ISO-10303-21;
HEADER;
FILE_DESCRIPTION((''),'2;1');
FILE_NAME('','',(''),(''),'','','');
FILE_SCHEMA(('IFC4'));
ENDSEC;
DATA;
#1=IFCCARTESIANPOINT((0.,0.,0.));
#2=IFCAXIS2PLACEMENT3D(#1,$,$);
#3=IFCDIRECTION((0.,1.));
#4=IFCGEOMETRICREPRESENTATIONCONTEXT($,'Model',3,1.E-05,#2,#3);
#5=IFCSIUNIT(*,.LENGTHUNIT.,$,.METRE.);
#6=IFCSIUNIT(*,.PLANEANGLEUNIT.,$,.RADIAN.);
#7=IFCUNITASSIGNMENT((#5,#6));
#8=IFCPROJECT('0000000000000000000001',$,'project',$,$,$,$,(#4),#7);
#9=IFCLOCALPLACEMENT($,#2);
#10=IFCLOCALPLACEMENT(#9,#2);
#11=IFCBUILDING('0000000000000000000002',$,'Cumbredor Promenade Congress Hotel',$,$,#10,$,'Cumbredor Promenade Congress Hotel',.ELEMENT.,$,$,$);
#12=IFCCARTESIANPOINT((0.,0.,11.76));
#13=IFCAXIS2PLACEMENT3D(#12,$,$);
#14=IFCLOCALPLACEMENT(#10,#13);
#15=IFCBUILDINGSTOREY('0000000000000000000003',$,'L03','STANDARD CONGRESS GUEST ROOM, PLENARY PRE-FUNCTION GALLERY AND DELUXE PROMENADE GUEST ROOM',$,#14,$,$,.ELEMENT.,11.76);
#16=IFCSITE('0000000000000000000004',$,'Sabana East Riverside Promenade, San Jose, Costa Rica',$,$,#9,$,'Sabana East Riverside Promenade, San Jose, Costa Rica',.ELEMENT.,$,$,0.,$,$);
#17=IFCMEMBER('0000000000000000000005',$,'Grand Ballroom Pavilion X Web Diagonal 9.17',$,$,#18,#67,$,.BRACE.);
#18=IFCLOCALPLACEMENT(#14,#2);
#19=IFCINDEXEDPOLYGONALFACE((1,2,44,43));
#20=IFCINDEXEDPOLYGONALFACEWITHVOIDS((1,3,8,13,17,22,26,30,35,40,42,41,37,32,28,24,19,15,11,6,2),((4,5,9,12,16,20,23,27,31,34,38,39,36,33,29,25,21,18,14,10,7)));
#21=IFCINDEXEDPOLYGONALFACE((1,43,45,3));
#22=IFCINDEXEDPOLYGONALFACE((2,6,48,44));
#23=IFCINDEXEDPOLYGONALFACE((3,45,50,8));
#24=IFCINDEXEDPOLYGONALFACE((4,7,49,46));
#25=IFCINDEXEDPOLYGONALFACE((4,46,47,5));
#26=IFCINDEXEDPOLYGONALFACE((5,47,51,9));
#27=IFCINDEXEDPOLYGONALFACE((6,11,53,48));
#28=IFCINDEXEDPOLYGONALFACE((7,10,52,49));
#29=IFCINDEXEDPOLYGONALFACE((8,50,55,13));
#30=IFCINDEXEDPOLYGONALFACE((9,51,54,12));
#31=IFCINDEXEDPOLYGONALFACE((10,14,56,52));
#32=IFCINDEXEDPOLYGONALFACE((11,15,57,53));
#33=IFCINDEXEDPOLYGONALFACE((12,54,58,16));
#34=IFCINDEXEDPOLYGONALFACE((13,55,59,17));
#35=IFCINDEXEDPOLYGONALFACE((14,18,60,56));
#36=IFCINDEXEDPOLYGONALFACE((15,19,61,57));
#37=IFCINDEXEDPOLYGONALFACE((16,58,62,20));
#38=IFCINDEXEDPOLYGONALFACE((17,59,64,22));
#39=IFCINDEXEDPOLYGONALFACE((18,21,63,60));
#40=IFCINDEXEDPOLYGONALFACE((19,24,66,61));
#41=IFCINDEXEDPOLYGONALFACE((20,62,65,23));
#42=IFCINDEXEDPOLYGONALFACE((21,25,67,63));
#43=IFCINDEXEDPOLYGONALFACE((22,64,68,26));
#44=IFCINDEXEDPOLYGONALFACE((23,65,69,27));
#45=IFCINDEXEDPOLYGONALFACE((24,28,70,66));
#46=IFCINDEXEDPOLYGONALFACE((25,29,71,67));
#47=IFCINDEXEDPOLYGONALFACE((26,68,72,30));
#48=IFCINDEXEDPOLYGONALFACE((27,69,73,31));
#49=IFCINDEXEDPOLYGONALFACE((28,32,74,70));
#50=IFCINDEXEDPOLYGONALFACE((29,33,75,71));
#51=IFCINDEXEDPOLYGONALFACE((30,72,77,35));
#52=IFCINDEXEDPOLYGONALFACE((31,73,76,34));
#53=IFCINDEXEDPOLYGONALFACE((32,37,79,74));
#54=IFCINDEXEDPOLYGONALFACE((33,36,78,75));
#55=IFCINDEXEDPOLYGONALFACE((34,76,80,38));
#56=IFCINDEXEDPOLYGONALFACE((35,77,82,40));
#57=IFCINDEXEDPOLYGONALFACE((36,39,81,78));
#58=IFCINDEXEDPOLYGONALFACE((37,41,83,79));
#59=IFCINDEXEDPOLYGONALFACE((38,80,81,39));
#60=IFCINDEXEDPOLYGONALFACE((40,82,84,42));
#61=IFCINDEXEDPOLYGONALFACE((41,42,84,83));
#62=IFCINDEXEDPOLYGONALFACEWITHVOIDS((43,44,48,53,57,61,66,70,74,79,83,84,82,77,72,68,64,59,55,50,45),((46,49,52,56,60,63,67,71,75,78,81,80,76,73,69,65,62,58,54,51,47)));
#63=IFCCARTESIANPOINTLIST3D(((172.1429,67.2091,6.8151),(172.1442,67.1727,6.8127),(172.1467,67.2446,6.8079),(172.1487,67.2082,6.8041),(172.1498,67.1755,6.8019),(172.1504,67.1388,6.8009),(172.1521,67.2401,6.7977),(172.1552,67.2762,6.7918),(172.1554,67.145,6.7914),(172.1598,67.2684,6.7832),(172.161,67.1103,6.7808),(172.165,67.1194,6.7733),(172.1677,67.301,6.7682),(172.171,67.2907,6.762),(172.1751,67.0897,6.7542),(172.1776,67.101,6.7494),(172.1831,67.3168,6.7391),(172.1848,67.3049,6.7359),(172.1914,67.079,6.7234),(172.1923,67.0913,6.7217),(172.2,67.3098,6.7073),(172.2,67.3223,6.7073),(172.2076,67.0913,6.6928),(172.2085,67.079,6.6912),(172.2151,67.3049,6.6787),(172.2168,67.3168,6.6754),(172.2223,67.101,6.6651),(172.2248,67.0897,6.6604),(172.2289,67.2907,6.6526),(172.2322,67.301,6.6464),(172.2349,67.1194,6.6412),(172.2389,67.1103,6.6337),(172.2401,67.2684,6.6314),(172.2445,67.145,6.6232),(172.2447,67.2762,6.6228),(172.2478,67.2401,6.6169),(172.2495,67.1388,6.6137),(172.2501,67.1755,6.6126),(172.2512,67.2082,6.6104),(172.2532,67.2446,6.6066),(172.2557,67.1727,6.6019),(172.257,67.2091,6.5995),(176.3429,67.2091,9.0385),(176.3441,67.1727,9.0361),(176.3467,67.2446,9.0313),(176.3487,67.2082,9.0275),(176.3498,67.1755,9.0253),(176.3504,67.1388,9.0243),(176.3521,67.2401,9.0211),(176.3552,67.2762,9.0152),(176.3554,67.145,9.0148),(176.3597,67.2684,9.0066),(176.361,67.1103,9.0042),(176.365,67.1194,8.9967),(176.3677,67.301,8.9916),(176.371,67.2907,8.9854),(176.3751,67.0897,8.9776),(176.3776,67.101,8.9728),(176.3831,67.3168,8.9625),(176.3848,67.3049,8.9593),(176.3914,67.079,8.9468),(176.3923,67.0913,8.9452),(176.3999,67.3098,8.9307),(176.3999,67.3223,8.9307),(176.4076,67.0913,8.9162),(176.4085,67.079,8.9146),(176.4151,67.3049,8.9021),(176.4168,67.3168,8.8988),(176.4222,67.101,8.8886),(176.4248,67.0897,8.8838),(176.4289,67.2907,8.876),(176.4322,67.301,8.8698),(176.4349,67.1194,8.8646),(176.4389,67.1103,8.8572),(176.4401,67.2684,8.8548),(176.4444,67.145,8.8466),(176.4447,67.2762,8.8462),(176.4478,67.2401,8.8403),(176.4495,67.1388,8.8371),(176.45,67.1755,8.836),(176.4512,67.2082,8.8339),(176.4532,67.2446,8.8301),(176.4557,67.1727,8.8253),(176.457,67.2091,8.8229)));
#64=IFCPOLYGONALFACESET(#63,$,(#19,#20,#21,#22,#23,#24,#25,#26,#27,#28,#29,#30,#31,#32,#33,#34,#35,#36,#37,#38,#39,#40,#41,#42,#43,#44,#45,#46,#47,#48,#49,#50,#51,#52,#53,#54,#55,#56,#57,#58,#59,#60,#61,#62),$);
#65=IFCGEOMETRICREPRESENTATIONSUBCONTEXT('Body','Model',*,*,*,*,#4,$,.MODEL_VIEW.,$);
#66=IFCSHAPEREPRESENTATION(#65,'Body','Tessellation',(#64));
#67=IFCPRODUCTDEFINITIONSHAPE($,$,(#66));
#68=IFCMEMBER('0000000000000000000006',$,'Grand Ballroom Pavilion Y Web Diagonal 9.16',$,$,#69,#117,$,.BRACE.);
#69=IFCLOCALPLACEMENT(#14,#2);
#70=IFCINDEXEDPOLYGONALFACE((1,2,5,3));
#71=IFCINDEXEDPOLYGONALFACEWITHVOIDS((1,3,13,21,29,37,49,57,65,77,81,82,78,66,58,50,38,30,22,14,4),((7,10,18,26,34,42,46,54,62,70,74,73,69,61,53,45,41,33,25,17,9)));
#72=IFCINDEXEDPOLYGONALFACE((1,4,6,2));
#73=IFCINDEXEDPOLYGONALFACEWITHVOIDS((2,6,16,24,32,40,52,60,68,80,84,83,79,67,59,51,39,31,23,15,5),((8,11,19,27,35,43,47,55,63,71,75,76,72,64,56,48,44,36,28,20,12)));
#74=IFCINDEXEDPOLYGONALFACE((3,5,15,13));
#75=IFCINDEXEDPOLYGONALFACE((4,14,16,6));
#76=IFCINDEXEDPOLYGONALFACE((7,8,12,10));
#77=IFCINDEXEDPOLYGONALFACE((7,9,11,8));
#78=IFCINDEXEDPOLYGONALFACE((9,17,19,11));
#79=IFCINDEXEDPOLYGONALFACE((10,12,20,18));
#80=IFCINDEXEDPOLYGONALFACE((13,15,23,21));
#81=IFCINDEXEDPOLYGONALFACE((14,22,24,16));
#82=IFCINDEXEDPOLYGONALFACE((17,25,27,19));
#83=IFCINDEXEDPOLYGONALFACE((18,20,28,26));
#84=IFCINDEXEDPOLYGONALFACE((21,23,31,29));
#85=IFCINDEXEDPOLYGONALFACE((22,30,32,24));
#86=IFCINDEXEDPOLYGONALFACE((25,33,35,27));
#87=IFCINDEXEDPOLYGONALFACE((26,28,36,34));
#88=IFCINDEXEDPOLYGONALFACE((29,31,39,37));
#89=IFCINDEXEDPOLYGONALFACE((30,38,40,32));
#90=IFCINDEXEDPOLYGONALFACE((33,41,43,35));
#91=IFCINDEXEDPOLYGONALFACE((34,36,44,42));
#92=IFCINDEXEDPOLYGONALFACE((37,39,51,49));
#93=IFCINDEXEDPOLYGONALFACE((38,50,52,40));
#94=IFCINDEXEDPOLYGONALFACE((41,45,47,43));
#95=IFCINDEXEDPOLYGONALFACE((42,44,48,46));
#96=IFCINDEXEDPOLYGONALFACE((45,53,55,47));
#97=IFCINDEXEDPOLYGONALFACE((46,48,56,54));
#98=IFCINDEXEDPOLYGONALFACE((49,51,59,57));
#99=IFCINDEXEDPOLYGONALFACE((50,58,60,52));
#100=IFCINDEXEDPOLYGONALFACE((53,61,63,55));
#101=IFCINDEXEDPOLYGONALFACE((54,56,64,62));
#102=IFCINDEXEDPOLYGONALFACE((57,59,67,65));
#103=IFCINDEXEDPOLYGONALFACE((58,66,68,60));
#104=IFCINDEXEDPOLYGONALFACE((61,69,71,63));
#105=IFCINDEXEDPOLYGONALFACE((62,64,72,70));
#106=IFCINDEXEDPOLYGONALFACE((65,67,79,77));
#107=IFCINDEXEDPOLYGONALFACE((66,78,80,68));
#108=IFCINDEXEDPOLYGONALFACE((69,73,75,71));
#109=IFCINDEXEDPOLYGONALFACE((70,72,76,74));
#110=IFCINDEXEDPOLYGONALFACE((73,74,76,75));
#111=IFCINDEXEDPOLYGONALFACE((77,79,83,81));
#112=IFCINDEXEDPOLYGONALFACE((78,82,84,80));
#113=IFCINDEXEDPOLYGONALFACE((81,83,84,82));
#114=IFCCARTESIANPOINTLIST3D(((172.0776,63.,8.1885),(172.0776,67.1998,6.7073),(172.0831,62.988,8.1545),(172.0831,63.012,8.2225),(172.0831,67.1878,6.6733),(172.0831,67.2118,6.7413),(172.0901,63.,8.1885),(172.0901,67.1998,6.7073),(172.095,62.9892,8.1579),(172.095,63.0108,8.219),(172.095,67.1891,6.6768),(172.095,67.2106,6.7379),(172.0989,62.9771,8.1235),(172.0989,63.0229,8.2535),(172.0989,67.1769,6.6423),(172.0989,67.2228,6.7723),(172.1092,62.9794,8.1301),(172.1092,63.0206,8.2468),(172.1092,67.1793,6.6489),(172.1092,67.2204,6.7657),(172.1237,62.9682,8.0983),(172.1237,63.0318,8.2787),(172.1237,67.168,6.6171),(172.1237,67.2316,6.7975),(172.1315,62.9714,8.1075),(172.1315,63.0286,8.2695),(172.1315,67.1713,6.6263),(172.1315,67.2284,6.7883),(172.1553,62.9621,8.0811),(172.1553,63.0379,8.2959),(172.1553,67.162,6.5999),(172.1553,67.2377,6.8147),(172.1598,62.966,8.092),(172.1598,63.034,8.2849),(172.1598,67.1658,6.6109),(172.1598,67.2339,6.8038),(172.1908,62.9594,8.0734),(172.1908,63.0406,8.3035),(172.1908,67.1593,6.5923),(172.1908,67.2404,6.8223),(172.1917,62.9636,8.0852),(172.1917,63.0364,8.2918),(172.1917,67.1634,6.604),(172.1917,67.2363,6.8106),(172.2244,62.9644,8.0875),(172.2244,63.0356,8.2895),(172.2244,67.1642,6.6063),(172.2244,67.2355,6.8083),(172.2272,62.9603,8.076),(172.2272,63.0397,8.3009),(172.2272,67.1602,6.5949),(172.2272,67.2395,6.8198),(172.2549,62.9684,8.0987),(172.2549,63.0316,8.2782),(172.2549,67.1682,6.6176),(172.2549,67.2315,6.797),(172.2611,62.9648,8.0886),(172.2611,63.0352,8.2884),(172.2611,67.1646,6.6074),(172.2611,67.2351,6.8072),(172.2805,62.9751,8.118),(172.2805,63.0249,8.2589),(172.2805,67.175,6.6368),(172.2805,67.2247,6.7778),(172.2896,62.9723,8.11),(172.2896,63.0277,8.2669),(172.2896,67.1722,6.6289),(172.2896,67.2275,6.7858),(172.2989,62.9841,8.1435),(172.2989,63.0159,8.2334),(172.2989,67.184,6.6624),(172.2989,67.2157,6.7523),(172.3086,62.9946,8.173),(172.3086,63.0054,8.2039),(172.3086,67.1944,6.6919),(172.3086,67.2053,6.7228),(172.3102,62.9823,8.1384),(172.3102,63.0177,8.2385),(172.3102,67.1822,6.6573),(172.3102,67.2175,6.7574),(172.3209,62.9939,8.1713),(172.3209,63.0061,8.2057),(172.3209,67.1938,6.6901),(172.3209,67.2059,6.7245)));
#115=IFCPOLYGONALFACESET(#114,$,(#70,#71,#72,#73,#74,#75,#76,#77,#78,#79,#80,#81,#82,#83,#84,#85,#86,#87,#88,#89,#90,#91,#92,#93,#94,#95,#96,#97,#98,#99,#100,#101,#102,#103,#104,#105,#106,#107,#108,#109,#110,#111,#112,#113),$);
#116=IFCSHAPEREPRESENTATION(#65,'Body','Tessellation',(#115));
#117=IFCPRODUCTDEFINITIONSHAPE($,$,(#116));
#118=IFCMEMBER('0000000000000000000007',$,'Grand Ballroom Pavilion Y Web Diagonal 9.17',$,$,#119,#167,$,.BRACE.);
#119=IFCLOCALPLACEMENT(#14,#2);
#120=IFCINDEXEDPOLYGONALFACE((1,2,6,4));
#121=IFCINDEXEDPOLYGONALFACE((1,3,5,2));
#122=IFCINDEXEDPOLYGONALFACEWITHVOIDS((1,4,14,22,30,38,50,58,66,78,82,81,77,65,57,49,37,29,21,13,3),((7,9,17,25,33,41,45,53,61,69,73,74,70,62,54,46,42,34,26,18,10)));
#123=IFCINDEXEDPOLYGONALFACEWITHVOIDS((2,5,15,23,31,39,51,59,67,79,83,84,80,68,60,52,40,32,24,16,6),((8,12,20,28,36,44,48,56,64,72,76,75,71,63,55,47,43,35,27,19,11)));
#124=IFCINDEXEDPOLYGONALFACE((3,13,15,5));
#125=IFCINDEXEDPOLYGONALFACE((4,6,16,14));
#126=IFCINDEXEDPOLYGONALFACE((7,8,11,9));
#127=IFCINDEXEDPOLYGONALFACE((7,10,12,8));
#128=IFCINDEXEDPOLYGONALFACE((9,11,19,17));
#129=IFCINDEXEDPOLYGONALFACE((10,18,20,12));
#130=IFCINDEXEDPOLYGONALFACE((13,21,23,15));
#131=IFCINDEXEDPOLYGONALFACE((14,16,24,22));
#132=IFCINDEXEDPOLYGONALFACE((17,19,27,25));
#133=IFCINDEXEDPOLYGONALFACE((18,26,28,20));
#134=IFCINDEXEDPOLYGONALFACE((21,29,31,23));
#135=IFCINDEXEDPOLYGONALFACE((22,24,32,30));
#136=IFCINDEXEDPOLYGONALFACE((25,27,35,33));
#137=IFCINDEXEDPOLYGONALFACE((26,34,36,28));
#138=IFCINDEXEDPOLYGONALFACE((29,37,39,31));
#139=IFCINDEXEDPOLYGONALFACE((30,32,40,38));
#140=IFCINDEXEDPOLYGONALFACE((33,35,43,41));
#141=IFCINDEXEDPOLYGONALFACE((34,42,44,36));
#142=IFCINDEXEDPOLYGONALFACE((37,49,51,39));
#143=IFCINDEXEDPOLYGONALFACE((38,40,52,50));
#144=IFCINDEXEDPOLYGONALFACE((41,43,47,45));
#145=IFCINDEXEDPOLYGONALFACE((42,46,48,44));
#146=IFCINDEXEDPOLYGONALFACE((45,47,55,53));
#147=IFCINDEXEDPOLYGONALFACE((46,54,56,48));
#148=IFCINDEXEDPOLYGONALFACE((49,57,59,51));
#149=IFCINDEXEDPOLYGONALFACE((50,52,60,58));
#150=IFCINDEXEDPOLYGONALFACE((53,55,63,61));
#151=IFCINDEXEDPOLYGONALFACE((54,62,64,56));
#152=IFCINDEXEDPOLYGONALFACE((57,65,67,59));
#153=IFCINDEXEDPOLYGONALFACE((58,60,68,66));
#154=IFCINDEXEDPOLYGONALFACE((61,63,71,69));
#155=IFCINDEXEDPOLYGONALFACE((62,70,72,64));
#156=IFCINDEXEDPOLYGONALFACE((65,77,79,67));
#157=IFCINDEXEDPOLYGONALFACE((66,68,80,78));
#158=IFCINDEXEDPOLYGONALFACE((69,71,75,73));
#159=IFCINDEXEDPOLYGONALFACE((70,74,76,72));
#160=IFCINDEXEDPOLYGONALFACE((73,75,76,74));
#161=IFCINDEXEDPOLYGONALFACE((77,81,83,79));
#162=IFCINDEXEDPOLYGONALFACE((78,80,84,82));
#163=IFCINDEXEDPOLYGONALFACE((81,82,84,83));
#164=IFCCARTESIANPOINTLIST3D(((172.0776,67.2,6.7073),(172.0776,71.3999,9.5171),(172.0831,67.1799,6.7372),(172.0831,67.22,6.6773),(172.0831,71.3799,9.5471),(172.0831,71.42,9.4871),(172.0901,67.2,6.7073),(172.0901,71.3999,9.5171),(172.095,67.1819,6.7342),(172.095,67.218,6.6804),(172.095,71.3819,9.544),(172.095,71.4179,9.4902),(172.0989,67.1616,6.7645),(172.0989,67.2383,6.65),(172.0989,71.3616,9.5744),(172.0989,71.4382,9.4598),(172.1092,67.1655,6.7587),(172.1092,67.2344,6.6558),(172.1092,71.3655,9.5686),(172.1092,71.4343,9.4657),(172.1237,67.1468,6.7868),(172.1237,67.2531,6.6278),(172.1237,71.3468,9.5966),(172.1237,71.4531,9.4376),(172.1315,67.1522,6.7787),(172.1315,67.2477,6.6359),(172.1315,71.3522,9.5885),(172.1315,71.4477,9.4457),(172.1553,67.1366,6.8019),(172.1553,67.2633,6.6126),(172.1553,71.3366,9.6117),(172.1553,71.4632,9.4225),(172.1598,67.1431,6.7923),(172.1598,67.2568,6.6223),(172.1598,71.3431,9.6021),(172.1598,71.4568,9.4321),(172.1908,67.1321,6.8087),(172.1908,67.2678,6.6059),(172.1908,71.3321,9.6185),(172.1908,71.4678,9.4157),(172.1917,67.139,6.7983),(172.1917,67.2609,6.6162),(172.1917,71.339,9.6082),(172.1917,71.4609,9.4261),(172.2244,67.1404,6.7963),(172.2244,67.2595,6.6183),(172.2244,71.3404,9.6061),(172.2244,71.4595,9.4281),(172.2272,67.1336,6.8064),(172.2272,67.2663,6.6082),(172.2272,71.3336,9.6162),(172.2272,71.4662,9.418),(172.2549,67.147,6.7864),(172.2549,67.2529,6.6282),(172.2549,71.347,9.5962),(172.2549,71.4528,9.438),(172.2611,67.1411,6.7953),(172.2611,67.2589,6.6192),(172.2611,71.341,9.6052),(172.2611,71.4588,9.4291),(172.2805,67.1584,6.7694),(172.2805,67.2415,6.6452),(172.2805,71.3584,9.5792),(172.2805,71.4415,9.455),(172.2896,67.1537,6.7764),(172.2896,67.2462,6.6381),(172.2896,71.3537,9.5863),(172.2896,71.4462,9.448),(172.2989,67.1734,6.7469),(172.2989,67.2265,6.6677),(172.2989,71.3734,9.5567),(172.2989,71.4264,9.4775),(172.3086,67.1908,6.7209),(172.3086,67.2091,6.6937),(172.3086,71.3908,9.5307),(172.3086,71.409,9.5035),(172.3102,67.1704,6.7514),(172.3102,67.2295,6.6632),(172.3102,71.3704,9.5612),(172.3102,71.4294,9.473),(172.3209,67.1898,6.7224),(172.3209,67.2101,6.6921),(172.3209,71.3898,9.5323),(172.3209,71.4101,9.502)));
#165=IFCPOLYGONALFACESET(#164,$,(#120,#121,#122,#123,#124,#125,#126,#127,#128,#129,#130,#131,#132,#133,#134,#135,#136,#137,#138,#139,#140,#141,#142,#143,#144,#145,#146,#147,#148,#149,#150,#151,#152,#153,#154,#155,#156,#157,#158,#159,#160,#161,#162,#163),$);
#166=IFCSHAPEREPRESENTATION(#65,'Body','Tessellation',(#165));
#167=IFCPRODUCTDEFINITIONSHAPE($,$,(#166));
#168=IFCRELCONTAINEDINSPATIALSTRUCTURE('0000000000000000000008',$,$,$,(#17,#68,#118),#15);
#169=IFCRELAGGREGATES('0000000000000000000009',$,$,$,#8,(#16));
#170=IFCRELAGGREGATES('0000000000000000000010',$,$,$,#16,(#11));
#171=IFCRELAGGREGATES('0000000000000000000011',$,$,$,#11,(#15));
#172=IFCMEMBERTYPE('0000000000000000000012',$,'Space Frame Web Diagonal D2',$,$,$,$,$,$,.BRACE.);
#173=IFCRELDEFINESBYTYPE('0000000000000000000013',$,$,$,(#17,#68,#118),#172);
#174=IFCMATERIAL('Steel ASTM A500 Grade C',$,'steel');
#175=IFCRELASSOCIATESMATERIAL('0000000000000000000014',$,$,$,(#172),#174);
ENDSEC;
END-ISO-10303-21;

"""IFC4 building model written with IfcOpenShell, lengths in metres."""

from ifc_helpers import new_model, si_unit, direction, frame, origin, origin_2d, place, context, subcontext, project, spatial, hollow_circle, extrude, material, material_profile, profile_set, type_object, element, save


model = new_model("IFC4")

# Units and contexts
model_context = context("Model", 3, precision=1e-05, world=origin(), true_north=direction((0.0, 1.0)))
body_context = subcontext(model_context, "Body", "Model", "MODEL_VIEW")
ifc_project = project(units=[si_unit("LENGTHUNIT", "METRE"), si_unit("PLANEANGLEUNIT", "RADIAN")], contexts=[model_context])

# Site, building, storey
site_placement = place(None, origin())
site = spatial("IfcSite", under=ifc_project, at=site_placement, Name="Sabana East Riverside Promenade, San Jose, Costa Rica", LongName="Sabana East Riverside Promenade, San Jose, Costa Rica", CompositionType="ELEMENT", RefElevation=0.0)
building_placement = place(site_placement, origin())
building = spatial("IfcBuilding", under=site, at=building_placement, Name="Cumbredor Promenade Congress Hotel", LongName="Cumbredor Promenade Congress Hotel", CompositionType="ELEMENT")
storey_placement = place(building_placement, frame((0.0, 0.0, 11.76)))
storey = spatial("IfcBuildingStorey", under=building, at=storey_placement, Name="L03", Description="STANDARD CONGRESS GUEST ROOM, PLENARY PRE-FUNCTION GALLERY AND DELUXE PROMENADE GUEST ROOM", CompositionType="ELEMENT", Elevation=11.76)

# Shared definitions
ifc_material_1 = material(Name="Steel ASTM A500 Grade C", Category="steel")

# Members
ifc_material_profile_1 = material_profile(ifc_material_1, hollow_circle(Radius=0.1223, WallThickness=0.0125, at=origin_2d()), Name="CHS 244.5x12.5")
ifc_profile_set_1 = profile_set([ifc_material_profile_1], Name="Steel ASTM A500 Grade C")
member_type_1 = type_object("IfcMemberType", Name="Space Frame Web Diagonal D2", PredefinedType="BRACE", material=ifc_profile_set_1)
member_1_placement = place(storey_placement, frame((172.2, 67.2, 6.7073), z_axis=(0.883798, 0.0, 0.467869), x_axis=(0.0, 1.0, 0.0)))
element("IfcMember", 1, at=member_1_placement, inside=storey, type_object=member_type_1, Name="Grand Ballroom Pavilion X Web Diagonal 9.17", PredefinedType="BRACE", context=body_context, shape_type="SweptSolid", body=[
    extrude(hollow_circle(Radius=0.1223, WallThickness=0.0125, at=origin_2d()), origin(), (0.0, 0.0, 1.0), 4.7522),
])
member_2_placement = place(storey_placement, frame((172.2, 63.0, 8.1885), z_axis=(0.0, 0.94307, -0.332594), x_axis=(-1.0, 0.0, 0.0)))
element("IfcMember", 2, at=member_2_placement, inside=storey, type_object=member_type_1, Name="Grand Ballroom Pavilion Y Web Diagonal 9.16", PredefinedType="BRACE", context=body_context, shape_type="SweptSolid", body=[
    extrude(hollow_circle(Radius=0.1223, WallThickness=0.0125, at=origin_2d()), origin(), (0.0, 0.0, 1.0), 4.4534),
])
member_3_placement = place(storey_placement, frame((172.2, 67.2, 6.7073), z_axis=(0.0, 0.83115, 0.556049), x_axis=(-1.0, 0.0, 0.0)))
element("IfcMember", 3, at=member_3_placement, inside=storey, type_object=member_type_1, Name="Grand Ballroom Pavilion Y Web Diagonal 9.17", PredefinedType="BRACE", context=body_context, shape_type="SweptSolid", body=[
    extrude(hollow_circle(Radius=0.1223, WallThickness=0.0125, at=origin_2d()), origin(), (0.0, 0.0, 1.0), 5.0532),
])

save(model, "model.ifc")
